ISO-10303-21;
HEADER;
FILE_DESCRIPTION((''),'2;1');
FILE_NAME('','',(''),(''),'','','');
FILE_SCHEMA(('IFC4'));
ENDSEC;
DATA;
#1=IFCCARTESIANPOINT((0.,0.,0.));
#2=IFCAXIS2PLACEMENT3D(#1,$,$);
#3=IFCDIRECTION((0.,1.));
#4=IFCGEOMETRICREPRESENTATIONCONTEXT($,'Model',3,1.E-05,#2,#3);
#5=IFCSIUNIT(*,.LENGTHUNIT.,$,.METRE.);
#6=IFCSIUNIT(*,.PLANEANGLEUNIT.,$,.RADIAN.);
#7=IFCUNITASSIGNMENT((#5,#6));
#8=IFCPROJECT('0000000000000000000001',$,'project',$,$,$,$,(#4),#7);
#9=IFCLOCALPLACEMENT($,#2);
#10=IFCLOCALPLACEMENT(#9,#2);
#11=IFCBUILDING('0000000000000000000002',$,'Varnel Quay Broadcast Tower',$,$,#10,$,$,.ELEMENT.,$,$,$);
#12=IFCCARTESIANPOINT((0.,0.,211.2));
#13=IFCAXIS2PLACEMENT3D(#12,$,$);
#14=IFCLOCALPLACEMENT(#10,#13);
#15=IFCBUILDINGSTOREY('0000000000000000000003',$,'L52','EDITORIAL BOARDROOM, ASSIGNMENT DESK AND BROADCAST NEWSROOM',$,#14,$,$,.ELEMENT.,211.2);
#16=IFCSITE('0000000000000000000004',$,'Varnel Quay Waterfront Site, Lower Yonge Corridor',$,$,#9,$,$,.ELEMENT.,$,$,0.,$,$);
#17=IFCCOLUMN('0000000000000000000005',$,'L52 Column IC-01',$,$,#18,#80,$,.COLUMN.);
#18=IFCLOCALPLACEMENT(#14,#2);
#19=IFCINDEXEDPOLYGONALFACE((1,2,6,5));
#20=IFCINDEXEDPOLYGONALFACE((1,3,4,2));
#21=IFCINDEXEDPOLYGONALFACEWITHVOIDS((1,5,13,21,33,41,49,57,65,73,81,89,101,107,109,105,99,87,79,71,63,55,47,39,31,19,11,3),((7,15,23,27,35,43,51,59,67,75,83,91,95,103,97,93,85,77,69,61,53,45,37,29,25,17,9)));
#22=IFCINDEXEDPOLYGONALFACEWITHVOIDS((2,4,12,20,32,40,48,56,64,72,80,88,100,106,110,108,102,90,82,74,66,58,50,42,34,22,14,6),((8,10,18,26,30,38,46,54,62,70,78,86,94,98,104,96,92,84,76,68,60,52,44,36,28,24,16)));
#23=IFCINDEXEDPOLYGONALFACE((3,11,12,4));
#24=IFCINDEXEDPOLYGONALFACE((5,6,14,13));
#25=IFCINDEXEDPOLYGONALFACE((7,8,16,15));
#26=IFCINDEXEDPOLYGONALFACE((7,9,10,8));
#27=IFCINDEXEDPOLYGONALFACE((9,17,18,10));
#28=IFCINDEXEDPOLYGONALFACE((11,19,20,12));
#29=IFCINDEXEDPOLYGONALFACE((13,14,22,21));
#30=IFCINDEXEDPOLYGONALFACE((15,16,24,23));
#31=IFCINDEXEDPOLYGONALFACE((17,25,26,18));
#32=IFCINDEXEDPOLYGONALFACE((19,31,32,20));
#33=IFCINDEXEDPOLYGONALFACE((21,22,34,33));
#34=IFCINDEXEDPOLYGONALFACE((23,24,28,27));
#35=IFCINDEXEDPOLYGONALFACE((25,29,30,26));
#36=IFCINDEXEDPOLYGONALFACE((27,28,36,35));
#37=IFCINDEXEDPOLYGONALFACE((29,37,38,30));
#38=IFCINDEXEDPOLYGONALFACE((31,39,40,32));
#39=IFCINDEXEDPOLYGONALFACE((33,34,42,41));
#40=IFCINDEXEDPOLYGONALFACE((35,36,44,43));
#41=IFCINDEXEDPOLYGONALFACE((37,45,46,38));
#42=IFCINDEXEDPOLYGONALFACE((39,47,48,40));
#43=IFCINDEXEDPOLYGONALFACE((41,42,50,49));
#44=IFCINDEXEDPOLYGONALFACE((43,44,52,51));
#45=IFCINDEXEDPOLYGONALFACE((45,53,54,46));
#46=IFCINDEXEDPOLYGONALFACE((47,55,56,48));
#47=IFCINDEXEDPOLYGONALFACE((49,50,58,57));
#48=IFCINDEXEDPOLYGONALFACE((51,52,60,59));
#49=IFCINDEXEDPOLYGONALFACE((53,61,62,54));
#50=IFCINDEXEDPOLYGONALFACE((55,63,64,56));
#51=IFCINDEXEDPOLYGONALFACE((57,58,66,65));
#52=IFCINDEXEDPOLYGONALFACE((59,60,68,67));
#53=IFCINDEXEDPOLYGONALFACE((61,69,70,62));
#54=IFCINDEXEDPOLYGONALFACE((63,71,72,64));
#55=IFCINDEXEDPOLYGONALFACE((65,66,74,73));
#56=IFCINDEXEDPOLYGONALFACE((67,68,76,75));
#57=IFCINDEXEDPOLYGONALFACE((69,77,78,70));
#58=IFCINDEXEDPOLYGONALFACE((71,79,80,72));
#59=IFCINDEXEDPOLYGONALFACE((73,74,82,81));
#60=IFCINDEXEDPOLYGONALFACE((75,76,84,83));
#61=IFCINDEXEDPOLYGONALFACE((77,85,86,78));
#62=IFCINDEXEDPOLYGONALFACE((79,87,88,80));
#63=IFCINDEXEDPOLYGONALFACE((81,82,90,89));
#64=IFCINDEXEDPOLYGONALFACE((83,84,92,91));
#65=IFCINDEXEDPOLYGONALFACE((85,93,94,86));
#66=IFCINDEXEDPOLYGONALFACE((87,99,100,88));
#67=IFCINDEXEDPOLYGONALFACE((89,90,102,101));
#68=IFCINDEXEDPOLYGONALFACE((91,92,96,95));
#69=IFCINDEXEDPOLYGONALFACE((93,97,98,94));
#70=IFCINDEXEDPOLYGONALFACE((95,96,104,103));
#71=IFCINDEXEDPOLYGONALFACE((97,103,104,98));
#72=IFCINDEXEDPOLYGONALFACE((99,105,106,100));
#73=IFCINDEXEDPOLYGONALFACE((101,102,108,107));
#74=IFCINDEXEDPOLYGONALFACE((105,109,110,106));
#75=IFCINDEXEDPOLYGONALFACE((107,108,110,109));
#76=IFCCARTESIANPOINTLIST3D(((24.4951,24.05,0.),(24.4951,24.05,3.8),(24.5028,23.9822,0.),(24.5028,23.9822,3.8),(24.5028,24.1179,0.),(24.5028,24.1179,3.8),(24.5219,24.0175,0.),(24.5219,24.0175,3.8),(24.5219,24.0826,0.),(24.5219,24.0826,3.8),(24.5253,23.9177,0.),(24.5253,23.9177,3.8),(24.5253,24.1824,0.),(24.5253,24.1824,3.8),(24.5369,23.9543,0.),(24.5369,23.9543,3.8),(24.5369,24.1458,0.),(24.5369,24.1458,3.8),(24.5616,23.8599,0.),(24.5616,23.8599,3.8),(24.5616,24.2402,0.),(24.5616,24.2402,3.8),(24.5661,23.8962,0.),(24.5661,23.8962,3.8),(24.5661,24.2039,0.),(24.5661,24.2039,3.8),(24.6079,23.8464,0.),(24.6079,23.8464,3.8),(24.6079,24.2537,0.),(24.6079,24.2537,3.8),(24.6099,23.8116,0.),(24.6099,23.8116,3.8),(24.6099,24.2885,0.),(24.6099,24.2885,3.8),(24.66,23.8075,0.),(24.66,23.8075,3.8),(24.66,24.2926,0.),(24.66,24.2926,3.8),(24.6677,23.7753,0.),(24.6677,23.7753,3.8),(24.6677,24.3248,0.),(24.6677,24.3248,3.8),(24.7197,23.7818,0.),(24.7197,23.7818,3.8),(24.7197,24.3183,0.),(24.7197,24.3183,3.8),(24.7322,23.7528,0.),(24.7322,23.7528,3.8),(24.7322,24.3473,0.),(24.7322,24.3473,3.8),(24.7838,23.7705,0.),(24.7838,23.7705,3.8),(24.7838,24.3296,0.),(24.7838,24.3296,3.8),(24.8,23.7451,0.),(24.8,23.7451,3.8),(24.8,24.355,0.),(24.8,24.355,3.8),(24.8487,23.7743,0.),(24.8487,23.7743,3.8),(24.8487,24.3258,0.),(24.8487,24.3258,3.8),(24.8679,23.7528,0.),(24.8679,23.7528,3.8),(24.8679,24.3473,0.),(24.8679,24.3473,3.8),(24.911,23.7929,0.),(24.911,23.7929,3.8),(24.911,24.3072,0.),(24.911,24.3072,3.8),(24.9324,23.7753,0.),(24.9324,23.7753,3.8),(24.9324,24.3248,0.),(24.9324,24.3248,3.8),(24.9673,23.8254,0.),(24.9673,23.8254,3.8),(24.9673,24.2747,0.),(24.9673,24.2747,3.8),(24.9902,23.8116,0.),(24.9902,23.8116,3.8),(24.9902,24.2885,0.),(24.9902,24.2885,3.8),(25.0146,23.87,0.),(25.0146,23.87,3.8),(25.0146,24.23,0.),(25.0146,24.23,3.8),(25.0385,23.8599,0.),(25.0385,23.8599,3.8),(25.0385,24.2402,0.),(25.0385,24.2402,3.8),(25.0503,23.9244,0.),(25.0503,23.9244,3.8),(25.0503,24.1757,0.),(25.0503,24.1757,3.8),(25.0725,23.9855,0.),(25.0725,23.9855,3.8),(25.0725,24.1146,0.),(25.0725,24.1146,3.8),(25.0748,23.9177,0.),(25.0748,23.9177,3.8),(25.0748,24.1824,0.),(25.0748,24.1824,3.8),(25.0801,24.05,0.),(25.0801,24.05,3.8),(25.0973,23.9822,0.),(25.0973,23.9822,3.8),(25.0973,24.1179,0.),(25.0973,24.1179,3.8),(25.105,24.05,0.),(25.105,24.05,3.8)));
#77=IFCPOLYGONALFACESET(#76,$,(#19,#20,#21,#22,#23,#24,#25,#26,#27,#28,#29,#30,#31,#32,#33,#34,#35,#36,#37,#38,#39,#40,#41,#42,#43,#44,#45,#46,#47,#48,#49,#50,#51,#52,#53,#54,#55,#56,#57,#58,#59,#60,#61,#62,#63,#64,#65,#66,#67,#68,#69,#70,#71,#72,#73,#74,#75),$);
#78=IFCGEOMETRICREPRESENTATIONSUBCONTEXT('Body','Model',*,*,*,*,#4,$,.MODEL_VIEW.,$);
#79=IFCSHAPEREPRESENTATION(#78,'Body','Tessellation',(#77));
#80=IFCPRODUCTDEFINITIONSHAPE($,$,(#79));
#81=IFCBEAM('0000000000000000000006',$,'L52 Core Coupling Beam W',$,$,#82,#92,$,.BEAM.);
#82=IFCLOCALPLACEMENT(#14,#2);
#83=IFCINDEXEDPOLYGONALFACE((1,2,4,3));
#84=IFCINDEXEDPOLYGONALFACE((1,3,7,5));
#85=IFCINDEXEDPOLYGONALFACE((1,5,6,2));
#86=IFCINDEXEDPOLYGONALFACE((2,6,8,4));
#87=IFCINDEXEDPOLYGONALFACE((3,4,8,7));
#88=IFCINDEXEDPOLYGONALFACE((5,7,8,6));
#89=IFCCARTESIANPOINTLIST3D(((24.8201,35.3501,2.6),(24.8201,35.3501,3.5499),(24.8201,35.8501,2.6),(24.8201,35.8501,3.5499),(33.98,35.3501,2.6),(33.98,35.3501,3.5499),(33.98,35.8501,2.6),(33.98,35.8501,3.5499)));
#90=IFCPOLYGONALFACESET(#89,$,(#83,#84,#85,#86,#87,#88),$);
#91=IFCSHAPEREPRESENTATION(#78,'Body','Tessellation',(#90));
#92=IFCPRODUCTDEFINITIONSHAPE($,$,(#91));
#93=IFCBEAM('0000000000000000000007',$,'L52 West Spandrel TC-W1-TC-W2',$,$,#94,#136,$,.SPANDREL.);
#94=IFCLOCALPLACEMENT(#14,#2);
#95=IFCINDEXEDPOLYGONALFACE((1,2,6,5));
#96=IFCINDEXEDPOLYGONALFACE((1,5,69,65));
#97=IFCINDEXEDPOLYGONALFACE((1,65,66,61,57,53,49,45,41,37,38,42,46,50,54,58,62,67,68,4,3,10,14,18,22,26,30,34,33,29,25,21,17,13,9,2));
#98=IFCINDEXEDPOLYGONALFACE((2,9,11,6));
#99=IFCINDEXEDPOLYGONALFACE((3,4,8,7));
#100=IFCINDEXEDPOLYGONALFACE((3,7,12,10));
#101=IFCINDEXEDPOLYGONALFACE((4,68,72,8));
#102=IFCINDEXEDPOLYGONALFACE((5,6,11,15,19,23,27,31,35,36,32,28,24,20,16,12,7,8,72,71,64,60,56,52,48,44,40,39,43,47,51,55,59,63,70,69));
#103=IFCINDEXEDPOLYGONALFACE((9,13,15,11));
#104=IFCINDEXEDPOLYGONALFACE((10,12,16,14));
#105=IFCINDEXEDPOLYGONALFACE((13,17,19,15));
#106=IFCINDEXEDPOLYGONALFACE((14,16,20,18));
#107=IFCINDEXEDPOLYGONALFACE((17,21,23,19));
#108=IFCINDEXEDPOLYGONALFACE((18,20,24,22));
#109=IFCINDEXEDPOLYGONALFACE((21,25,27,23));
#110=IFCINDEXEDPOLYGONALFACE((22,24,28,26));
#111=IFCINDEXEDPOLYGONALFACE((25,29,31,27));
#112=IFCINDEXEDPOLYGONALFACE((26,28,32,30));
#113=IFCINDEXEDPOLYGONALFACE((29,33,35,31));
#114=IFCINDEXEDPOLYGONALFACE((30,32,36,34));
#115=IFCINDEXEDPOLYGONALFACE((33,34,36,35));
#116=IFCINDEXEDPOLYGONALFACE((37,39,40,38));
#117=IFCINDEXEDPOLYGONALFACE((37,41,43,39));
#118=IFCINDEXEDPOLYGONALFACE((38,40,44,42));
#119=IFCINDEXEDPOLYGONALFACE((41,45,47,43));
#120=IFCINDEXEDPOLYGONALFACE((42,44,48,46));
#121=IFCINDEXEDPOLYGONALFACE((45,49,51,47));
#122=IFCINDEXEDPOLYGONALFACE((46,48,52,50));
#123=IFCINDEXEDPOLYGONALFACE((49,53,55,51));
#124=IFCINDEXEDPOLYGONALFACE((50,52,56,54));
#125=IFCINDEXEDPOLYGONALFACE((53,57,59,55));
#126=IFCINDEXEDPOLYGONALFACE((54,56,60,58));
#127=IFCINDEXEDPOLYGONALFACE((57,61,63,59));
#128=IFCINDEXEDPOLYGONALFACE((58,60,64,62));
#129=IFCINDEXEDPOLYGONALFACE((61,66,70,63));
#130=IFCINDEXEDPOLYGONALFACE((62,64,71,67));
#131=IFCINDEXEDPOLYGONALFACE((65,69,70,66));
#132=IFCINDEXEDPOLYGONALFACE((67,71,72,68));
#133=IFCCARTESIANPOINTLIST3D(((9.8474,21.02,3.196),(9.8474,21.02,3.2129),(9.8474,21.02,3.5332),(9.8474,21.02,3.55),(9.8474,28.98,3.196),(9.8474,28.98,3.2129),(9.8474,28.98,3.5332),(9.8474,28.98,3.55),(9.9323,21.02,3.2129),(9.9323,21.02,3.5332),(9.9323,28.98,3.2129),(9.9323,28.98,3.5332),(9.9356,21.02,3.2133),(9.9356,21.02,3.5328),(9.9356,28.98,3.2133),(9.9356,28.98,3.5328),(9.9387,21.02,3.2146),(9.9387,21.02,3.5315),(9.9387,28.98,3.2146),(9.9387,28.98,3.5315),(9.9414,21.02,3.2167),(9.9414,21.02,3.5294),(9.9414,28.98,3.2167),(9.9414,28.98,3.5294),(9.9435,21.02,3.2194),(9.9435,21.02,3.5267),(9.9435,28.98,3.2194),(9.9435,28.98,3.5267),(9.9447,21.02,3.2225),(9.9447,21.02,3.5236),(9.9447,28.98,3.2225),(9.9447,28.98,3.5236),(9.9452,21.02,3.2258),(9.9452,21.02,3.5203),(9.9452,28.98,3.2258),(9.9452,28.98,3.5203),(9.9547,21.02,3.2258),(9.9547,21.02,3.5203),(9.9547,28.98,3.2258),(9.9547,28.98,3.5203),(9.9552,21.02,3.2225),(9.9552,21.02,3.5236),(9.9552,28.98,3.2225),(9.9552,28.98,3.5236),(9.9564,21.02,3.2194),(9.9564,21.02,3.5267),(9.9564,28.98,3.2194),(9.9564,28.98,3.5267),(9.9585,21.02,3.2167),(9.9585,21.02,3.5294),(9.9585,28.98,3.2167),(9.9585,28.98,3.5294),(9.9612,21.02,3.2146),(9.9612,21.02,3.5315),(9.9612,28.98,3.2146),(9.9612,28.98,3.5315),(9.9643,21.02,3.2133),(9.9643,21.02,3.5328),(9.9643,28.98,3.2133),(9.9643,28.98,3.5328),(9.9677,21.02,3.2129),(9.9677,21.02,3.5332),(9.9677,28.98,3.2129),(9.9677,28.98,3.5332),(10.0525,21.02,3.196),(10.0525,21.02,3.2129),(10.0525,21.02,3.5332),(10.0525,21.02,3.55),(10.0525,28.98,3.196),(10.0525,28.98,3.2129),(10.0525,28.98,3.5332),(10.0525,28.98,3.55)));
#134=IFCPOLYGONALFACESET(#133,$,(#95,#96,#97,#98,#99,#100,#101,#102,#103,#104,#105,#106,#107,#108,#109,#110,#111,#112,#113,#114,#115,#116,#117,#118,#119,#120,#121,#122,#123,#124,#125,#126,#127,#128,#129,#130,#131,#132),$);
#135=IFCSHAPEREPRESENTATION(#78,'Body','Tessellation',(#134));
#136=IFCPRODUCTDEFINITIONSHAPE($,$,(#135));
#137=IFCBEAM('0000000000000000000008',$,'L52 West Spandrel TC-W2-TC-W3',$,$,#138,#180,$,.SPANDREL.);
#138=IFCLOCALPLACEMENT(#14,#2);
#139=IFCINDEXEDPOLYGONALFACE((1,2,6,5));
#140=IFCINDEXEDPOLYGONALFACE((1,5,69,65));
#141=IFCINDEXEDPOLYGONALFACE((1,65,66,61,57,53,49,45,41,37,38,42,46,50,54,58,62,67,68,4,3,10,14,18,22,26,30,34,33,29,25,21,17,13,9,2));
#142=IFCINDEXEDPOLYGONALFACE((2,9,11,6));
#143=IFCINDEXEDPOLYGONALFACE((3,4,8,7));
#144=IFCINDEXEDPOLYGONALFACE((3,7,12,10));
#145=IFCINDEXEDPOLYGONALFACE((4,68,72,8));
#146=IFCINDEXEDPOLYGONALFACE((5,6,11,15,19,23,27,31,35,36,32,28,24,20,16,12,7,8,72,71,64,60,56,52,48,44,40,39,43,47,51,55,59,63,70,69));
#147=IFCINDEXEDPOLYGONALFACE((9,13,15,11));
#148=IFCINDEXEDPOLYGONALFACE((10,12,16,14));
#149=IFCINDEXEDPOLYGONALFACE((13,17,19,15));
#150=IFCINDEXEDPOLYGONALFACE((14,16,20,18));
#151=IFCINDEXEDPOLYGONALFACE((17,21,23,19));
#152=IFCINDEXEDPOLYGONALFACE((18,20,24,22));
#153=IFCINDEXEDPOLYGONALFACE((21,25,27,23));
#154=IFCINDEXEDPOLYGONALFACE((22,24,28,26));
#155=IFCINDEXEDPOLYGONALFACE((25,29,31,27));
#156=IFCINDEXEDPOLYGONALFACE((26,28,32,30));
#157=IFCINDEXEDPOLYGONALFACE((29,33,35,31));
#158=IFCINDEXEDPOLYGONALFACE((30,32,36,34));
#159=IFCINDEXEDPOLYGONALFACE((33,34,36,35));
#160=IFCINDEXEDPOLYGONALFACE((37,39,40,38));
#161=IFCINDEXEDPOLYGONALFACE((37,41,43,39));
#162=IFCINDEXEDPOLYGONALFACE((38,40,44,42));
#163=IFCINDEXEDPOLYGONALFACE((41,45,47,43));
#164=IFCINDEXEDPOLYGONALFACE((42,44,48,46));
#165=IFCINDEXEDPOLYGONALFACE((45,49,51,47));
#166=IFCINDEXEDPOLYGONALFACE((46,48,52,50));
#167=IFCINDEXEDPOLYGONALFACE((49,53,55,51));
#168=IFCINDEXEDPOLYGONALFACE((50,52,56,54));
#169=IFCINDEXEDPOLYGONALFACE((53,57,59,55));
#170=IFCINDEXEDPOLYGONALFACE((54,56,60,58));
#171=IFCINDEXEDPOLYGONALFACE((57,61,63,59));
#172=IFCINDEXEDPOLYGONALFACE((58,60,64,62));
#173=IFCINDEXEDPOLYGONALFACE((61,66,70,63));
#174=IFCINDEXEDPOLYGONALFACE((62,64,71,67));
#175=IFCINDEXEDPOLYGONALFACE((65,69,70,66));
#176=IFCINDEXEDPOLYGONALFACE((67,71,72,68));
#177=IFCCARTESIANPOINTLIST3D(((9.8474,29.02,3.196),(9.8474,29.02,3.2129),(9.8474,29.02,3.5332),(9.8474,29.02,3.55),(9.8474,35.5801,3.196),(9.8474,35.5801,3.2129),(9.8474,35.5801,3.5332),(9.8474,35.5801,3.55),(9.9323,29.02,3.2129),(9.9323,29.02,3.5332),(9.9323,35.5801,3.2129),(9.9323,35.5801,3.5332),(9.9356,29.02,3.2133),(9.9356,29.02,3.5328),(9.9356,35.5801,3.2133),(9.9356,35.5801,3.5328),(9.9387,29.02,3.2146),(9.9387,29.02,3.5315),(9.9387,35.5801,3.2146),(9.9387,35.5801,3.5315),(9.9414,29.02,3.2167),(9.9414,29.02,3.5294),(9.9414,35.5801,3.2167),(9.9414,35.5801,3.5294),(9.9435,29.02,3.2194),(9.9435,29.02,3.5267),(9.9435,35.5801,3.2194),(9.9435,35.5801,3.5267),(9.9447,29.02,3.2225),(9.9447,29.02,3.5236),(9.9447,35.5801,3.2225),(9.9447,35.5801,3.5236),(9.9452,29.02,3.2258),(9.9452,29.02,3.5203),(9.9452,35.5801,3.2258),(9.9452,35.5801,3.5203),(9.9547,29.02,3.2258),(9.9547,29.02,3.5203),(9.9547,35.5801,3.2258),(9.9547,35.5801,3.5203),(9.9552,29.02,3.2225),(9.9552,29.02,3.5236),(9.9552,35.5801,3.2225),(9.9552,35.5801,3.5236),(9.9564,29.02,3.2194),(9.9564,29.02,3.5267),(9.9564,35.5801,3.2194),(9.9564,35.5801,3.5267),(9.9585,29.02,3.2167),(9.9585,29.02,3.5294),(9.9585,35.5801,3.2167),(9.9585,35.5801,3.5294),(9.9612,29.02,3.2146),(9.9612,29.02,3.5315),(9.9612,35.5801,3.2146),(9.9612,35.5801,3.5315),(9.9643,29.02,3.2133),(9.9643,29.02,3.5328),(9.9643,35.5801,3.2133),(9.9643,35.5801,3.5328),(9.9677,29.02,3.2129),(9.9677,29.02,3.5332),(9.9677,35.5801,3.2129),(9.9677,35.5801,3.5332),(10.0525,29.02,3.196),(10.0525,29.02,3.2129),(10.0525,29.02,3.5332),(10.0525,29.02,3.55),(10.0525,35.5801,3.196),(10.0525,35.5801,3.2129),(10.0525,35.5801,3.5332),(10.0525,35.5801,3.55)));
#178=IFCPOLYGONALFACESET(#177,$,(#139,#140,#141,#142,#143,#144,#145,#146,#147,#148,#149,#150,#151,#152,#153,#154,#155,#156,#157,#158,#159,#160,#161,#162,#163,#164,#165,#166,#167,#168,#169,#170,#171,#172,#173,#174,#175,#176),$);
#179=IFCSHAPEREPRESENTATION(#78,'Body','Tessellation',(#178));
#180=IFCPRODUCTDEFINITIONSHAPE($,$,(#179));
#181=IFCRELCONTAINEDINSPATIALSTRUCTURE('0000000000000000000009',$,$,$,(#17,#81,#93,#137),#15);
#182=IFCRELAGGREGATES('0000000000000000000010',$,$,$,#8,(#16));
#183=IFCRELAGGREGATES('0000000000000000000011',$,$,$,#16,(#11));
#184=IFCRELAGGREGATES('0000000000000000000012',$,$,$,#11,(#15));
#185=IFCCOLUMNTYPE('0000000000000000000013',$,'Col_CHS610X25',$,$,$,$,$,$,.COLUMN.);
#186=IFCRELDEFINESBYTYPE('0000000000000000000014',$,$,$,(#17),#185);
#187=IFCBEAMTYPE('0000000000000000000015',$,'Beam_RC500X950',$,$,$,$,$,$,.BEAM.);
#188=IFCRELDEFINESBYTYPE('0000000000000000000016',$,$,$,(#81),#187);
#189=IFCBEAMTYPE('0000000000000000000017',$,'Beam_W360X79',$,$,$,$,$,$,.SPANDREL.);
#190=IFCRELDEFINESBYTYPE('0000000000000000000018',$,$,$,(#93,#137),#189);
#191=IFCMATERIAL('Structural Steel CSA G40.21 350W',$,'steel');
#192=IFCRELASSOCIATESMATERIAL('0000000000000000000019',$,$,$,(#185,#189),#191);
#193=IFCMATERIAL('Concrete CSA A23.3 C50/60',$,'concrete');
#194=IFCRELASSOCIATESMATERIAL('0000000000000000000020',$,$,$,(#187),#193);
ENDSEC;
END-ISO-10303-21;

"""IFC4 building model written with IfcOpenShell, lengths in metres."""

from ifc_helpers import new_model, si_unit, direction, frame, origin, origin_2d, place, context, subcontext, project, spatial, rectangle, hollow_circle, i_section, extrude, source, transform, mapped, material, material_profile, profile_set, type_object, type_shapes, element, save


model = new_model("IFC4")

# Units and contexts
model_context = context("Model", 3, precision=1e-05, world=origin(), true_north=direction((0.0, 1.0)))
body_context = subcontext(model_context, "Body", "Model", "MODEL_VIEW")
ifc_project = project(units=[si_unit("LENGTHUNIT", "METRE"), si_unit("PLANEANGLEUNIT", "RADIAN")], contexts=[model_context])

# Site, building, storey
site_placement = place(None, origin())
site = spatial("IfcSite", under=ifc_project, at=site_placement, Name="Varnel Quay Waterfront Site, Lower Yonge Corridor", CompositionType="ELEMENT", RefElevation=0.0)
building_placement = place(site_placement, origin())
building = spatial("IfcBuilding", under=site, at=building_placement, Name="Varnel Quay Broadcast Tower", CompositionType="ELEMENT")
storey_placement = place(building_placement, frame((0.0, 0.0, 211.2)))
storey = spatial("IfcBuildingStorey", under=building, at=storey_placement, Name="L52", Description="EDITORIAL BOARDROOM, ASSIGNMENT DESK AND BROADCAST NEWSROOM", CompositionType="ELEMENT", Elevation=211.2)

# Column
ifc_material_1 = material(Name="Structural Steel CSA G40.21 350W", Category="steel")
ifc_material_profile_1 = material_profile(ifc_material_1, hollow_circle(Radius=0.3049, WallThickness=0.0249, at=origin_2d()), Name="CHS610X25")
ifc_profile_set_1 = profile_set([ifc_material_profile_1], Name="Structural Steel CSA G40.21 350W")
column_type_1 = type_object("IfcColumnType", Name="Col_CHS610X25", PredefinedType="COLUMN", material=ifc_profile_set_1)
shared_shape_1 = source(origin(), body_context, "Body", "SweptSolid", [
    extrude(hollow_circle(Radius=0.3049, WallThickness=0.0249, at=origin_2d()), origin(), (0.0, 0.0, 1.0), 3.8),
])
type_shapes(column_type_1, [shared_shape_1])
column_placement = place(storey_placement, frame((24.8, 24.05, 0.0), z_axis=(0.0, 0.0, 1.0), x_axis=(1.0, 0.0, 0.0)))
element("IfcColumn", 1, at=column_placement, inside=storey, type_object=column_type_1, Name="L52 Column IC-01", PredefinedType="COLUMN", context=body_context, shape_type="MappedRepresentation", body=[
    mapped(shared_shape_1, transform((0.0, 0.0, 0.0), x_axis=(1.0, 0.0, 0.0), y_axis=(0.0, 1.0, 0.0), z_axis=(0.0, 0.0, 1.0), scale=1.0)),
])

# Beams
ifc_material_2 = material(Name="Concrete CSA A23.3 C50/60", Category="concrete")
ifc_material_profile_2 = material_profile(ifc_material_2, rectangle(XDim=0.5, YDim=0.95, at=origin_2d()), Name="RC500X950")
ifc_profile_set_2 = profile_set([ifc_material_profile_2], Name="Concrete CSA A23.3 C50/60")
beam_type_1 = type_object("IfcBeamType", Name="Beam_RC500X950", PredefinedType="BEAM", material=ifc_profile_set_2)
shared_shape_2 = source(origin(), body_context, "Body", "SweptSolid", [
    extrude(rectangle(XDim=0.5, YDim=0.95, at=origin_2d()), origin(), (0.0, 0.0, 1.0), 9.1599),
])
type_shapes(beam_type_1, [shared_shape_2])
beam_1_placement = place(storey_placement, frame((24.8201, 35.6001, 3.075), z_axis=(1.0, 0.0, 0.0), x_axis=(0.0, 1.0, 0.0)))
element("IfcBeam", 2, at=beam_1_placement, inside=storey, type_object=beam_type_1, Name="L52 Core Coupling Beam W", PredefinedType="BEAM", context=body_context, shape_type="MappedRepresentation", body=[
    mapped(shared_shape_2, transform((0.0, 0.0, 0.0), x_axis=(1.0, 0.0, 0.0), y_axis=(0.0, 1.0, 0.0), z_axis=(0.0, 0.0, 1.0), scale=1.0)),
])
ifc_material_profile_3 = material_profile(ifc_material_1, i_section(OverallWidth=0.2051, OverallDepth=0.354, WebThickness=0.0095, FlangeThickness=0.0168, FilletRadius=0.0129, at=origin_2d()), Name="W360X79")
ifc_profile_set_3 = profile_set([ifc_material_profile_3], Name="Structural Steel CSA G40.21 350W")
beam_type_2 = type_object("IfcBeamType", Name="Beam_W360X79", PredefinedType="SPANDREL", material=ifc_profile_set_3)
shared_shape_3 = source(origin(), body_context, "Body", "SweptSolid", [
    extrude(i_section(OverallWidth=0.2051, OverallDepth=0.354, WebThickness=0.0095, FlangeThickness=0.0168, FilletRadius=0.0129, at=origin_2d()), origin(), (0.0, 0.0, 1.0), 7.96),
])
beam_2_placement = place(storey_placement, frame((9.95, 21.02, 3.373), z_axis=(0.0, 1.0, 0.0), x_axis=(-1.0, 0.0, 0.0)))
element("IfcBeam", 3, at=beam_2_placement, inside=storey, type_object=beam_type_2, Name="L52 West Spandrel TC-W1-TC-W2", PredefinedType="SPANDREL", context=body_context, shape_type="MappedRepresentation", body=[
    mapped(shared_shape_3, transform((0.0, 0.0, 0.0), x_axis=(1.0, 0.0, 0.0), y_axis=(0.0, 1.0, 0.0), z_axis=(0.0, 0.0, 1.0), scale=1.0)),
])
shared_shape_4 = source(origin(), body_context, "Body", "SweptSolid", [
    extrude(i_section(OverallWidth=0.2051, OverallDepth=0.354, WebThickness=0.0095, FlangeThickness=0.0168, FilletRadius=0.0129, at=origin_2d()), origin(), (0.0, 0.0, 1.0), 6.5601),
])
beam_3_placement = place(storey_placement, frame((9.95, 29.02, 3.373), z_axis=(0.0, 1.0, 0.0), x_axis=(-1.0, 0.0, 0.0)))
element("IfcBeam", 4, at=beam_3_placement, inside=storey, type_object=beam_type_2, Name="L52 West Spandrel TC-W2-TC-W3", PredefinedType="SPANDREL", context=body_context, shape_type="MappedRepresentation", body=[
    mapped(shared_shape_4, transform((0.0, 0.0, 0.0), x_axis=(1.0, 0.0, 0.0), y_axis=(0.0, 1.0, 0.0), z_axis=(0.0, 0.0, 1.0), scale=1.0)),
])

save(model, "model.ifc")
